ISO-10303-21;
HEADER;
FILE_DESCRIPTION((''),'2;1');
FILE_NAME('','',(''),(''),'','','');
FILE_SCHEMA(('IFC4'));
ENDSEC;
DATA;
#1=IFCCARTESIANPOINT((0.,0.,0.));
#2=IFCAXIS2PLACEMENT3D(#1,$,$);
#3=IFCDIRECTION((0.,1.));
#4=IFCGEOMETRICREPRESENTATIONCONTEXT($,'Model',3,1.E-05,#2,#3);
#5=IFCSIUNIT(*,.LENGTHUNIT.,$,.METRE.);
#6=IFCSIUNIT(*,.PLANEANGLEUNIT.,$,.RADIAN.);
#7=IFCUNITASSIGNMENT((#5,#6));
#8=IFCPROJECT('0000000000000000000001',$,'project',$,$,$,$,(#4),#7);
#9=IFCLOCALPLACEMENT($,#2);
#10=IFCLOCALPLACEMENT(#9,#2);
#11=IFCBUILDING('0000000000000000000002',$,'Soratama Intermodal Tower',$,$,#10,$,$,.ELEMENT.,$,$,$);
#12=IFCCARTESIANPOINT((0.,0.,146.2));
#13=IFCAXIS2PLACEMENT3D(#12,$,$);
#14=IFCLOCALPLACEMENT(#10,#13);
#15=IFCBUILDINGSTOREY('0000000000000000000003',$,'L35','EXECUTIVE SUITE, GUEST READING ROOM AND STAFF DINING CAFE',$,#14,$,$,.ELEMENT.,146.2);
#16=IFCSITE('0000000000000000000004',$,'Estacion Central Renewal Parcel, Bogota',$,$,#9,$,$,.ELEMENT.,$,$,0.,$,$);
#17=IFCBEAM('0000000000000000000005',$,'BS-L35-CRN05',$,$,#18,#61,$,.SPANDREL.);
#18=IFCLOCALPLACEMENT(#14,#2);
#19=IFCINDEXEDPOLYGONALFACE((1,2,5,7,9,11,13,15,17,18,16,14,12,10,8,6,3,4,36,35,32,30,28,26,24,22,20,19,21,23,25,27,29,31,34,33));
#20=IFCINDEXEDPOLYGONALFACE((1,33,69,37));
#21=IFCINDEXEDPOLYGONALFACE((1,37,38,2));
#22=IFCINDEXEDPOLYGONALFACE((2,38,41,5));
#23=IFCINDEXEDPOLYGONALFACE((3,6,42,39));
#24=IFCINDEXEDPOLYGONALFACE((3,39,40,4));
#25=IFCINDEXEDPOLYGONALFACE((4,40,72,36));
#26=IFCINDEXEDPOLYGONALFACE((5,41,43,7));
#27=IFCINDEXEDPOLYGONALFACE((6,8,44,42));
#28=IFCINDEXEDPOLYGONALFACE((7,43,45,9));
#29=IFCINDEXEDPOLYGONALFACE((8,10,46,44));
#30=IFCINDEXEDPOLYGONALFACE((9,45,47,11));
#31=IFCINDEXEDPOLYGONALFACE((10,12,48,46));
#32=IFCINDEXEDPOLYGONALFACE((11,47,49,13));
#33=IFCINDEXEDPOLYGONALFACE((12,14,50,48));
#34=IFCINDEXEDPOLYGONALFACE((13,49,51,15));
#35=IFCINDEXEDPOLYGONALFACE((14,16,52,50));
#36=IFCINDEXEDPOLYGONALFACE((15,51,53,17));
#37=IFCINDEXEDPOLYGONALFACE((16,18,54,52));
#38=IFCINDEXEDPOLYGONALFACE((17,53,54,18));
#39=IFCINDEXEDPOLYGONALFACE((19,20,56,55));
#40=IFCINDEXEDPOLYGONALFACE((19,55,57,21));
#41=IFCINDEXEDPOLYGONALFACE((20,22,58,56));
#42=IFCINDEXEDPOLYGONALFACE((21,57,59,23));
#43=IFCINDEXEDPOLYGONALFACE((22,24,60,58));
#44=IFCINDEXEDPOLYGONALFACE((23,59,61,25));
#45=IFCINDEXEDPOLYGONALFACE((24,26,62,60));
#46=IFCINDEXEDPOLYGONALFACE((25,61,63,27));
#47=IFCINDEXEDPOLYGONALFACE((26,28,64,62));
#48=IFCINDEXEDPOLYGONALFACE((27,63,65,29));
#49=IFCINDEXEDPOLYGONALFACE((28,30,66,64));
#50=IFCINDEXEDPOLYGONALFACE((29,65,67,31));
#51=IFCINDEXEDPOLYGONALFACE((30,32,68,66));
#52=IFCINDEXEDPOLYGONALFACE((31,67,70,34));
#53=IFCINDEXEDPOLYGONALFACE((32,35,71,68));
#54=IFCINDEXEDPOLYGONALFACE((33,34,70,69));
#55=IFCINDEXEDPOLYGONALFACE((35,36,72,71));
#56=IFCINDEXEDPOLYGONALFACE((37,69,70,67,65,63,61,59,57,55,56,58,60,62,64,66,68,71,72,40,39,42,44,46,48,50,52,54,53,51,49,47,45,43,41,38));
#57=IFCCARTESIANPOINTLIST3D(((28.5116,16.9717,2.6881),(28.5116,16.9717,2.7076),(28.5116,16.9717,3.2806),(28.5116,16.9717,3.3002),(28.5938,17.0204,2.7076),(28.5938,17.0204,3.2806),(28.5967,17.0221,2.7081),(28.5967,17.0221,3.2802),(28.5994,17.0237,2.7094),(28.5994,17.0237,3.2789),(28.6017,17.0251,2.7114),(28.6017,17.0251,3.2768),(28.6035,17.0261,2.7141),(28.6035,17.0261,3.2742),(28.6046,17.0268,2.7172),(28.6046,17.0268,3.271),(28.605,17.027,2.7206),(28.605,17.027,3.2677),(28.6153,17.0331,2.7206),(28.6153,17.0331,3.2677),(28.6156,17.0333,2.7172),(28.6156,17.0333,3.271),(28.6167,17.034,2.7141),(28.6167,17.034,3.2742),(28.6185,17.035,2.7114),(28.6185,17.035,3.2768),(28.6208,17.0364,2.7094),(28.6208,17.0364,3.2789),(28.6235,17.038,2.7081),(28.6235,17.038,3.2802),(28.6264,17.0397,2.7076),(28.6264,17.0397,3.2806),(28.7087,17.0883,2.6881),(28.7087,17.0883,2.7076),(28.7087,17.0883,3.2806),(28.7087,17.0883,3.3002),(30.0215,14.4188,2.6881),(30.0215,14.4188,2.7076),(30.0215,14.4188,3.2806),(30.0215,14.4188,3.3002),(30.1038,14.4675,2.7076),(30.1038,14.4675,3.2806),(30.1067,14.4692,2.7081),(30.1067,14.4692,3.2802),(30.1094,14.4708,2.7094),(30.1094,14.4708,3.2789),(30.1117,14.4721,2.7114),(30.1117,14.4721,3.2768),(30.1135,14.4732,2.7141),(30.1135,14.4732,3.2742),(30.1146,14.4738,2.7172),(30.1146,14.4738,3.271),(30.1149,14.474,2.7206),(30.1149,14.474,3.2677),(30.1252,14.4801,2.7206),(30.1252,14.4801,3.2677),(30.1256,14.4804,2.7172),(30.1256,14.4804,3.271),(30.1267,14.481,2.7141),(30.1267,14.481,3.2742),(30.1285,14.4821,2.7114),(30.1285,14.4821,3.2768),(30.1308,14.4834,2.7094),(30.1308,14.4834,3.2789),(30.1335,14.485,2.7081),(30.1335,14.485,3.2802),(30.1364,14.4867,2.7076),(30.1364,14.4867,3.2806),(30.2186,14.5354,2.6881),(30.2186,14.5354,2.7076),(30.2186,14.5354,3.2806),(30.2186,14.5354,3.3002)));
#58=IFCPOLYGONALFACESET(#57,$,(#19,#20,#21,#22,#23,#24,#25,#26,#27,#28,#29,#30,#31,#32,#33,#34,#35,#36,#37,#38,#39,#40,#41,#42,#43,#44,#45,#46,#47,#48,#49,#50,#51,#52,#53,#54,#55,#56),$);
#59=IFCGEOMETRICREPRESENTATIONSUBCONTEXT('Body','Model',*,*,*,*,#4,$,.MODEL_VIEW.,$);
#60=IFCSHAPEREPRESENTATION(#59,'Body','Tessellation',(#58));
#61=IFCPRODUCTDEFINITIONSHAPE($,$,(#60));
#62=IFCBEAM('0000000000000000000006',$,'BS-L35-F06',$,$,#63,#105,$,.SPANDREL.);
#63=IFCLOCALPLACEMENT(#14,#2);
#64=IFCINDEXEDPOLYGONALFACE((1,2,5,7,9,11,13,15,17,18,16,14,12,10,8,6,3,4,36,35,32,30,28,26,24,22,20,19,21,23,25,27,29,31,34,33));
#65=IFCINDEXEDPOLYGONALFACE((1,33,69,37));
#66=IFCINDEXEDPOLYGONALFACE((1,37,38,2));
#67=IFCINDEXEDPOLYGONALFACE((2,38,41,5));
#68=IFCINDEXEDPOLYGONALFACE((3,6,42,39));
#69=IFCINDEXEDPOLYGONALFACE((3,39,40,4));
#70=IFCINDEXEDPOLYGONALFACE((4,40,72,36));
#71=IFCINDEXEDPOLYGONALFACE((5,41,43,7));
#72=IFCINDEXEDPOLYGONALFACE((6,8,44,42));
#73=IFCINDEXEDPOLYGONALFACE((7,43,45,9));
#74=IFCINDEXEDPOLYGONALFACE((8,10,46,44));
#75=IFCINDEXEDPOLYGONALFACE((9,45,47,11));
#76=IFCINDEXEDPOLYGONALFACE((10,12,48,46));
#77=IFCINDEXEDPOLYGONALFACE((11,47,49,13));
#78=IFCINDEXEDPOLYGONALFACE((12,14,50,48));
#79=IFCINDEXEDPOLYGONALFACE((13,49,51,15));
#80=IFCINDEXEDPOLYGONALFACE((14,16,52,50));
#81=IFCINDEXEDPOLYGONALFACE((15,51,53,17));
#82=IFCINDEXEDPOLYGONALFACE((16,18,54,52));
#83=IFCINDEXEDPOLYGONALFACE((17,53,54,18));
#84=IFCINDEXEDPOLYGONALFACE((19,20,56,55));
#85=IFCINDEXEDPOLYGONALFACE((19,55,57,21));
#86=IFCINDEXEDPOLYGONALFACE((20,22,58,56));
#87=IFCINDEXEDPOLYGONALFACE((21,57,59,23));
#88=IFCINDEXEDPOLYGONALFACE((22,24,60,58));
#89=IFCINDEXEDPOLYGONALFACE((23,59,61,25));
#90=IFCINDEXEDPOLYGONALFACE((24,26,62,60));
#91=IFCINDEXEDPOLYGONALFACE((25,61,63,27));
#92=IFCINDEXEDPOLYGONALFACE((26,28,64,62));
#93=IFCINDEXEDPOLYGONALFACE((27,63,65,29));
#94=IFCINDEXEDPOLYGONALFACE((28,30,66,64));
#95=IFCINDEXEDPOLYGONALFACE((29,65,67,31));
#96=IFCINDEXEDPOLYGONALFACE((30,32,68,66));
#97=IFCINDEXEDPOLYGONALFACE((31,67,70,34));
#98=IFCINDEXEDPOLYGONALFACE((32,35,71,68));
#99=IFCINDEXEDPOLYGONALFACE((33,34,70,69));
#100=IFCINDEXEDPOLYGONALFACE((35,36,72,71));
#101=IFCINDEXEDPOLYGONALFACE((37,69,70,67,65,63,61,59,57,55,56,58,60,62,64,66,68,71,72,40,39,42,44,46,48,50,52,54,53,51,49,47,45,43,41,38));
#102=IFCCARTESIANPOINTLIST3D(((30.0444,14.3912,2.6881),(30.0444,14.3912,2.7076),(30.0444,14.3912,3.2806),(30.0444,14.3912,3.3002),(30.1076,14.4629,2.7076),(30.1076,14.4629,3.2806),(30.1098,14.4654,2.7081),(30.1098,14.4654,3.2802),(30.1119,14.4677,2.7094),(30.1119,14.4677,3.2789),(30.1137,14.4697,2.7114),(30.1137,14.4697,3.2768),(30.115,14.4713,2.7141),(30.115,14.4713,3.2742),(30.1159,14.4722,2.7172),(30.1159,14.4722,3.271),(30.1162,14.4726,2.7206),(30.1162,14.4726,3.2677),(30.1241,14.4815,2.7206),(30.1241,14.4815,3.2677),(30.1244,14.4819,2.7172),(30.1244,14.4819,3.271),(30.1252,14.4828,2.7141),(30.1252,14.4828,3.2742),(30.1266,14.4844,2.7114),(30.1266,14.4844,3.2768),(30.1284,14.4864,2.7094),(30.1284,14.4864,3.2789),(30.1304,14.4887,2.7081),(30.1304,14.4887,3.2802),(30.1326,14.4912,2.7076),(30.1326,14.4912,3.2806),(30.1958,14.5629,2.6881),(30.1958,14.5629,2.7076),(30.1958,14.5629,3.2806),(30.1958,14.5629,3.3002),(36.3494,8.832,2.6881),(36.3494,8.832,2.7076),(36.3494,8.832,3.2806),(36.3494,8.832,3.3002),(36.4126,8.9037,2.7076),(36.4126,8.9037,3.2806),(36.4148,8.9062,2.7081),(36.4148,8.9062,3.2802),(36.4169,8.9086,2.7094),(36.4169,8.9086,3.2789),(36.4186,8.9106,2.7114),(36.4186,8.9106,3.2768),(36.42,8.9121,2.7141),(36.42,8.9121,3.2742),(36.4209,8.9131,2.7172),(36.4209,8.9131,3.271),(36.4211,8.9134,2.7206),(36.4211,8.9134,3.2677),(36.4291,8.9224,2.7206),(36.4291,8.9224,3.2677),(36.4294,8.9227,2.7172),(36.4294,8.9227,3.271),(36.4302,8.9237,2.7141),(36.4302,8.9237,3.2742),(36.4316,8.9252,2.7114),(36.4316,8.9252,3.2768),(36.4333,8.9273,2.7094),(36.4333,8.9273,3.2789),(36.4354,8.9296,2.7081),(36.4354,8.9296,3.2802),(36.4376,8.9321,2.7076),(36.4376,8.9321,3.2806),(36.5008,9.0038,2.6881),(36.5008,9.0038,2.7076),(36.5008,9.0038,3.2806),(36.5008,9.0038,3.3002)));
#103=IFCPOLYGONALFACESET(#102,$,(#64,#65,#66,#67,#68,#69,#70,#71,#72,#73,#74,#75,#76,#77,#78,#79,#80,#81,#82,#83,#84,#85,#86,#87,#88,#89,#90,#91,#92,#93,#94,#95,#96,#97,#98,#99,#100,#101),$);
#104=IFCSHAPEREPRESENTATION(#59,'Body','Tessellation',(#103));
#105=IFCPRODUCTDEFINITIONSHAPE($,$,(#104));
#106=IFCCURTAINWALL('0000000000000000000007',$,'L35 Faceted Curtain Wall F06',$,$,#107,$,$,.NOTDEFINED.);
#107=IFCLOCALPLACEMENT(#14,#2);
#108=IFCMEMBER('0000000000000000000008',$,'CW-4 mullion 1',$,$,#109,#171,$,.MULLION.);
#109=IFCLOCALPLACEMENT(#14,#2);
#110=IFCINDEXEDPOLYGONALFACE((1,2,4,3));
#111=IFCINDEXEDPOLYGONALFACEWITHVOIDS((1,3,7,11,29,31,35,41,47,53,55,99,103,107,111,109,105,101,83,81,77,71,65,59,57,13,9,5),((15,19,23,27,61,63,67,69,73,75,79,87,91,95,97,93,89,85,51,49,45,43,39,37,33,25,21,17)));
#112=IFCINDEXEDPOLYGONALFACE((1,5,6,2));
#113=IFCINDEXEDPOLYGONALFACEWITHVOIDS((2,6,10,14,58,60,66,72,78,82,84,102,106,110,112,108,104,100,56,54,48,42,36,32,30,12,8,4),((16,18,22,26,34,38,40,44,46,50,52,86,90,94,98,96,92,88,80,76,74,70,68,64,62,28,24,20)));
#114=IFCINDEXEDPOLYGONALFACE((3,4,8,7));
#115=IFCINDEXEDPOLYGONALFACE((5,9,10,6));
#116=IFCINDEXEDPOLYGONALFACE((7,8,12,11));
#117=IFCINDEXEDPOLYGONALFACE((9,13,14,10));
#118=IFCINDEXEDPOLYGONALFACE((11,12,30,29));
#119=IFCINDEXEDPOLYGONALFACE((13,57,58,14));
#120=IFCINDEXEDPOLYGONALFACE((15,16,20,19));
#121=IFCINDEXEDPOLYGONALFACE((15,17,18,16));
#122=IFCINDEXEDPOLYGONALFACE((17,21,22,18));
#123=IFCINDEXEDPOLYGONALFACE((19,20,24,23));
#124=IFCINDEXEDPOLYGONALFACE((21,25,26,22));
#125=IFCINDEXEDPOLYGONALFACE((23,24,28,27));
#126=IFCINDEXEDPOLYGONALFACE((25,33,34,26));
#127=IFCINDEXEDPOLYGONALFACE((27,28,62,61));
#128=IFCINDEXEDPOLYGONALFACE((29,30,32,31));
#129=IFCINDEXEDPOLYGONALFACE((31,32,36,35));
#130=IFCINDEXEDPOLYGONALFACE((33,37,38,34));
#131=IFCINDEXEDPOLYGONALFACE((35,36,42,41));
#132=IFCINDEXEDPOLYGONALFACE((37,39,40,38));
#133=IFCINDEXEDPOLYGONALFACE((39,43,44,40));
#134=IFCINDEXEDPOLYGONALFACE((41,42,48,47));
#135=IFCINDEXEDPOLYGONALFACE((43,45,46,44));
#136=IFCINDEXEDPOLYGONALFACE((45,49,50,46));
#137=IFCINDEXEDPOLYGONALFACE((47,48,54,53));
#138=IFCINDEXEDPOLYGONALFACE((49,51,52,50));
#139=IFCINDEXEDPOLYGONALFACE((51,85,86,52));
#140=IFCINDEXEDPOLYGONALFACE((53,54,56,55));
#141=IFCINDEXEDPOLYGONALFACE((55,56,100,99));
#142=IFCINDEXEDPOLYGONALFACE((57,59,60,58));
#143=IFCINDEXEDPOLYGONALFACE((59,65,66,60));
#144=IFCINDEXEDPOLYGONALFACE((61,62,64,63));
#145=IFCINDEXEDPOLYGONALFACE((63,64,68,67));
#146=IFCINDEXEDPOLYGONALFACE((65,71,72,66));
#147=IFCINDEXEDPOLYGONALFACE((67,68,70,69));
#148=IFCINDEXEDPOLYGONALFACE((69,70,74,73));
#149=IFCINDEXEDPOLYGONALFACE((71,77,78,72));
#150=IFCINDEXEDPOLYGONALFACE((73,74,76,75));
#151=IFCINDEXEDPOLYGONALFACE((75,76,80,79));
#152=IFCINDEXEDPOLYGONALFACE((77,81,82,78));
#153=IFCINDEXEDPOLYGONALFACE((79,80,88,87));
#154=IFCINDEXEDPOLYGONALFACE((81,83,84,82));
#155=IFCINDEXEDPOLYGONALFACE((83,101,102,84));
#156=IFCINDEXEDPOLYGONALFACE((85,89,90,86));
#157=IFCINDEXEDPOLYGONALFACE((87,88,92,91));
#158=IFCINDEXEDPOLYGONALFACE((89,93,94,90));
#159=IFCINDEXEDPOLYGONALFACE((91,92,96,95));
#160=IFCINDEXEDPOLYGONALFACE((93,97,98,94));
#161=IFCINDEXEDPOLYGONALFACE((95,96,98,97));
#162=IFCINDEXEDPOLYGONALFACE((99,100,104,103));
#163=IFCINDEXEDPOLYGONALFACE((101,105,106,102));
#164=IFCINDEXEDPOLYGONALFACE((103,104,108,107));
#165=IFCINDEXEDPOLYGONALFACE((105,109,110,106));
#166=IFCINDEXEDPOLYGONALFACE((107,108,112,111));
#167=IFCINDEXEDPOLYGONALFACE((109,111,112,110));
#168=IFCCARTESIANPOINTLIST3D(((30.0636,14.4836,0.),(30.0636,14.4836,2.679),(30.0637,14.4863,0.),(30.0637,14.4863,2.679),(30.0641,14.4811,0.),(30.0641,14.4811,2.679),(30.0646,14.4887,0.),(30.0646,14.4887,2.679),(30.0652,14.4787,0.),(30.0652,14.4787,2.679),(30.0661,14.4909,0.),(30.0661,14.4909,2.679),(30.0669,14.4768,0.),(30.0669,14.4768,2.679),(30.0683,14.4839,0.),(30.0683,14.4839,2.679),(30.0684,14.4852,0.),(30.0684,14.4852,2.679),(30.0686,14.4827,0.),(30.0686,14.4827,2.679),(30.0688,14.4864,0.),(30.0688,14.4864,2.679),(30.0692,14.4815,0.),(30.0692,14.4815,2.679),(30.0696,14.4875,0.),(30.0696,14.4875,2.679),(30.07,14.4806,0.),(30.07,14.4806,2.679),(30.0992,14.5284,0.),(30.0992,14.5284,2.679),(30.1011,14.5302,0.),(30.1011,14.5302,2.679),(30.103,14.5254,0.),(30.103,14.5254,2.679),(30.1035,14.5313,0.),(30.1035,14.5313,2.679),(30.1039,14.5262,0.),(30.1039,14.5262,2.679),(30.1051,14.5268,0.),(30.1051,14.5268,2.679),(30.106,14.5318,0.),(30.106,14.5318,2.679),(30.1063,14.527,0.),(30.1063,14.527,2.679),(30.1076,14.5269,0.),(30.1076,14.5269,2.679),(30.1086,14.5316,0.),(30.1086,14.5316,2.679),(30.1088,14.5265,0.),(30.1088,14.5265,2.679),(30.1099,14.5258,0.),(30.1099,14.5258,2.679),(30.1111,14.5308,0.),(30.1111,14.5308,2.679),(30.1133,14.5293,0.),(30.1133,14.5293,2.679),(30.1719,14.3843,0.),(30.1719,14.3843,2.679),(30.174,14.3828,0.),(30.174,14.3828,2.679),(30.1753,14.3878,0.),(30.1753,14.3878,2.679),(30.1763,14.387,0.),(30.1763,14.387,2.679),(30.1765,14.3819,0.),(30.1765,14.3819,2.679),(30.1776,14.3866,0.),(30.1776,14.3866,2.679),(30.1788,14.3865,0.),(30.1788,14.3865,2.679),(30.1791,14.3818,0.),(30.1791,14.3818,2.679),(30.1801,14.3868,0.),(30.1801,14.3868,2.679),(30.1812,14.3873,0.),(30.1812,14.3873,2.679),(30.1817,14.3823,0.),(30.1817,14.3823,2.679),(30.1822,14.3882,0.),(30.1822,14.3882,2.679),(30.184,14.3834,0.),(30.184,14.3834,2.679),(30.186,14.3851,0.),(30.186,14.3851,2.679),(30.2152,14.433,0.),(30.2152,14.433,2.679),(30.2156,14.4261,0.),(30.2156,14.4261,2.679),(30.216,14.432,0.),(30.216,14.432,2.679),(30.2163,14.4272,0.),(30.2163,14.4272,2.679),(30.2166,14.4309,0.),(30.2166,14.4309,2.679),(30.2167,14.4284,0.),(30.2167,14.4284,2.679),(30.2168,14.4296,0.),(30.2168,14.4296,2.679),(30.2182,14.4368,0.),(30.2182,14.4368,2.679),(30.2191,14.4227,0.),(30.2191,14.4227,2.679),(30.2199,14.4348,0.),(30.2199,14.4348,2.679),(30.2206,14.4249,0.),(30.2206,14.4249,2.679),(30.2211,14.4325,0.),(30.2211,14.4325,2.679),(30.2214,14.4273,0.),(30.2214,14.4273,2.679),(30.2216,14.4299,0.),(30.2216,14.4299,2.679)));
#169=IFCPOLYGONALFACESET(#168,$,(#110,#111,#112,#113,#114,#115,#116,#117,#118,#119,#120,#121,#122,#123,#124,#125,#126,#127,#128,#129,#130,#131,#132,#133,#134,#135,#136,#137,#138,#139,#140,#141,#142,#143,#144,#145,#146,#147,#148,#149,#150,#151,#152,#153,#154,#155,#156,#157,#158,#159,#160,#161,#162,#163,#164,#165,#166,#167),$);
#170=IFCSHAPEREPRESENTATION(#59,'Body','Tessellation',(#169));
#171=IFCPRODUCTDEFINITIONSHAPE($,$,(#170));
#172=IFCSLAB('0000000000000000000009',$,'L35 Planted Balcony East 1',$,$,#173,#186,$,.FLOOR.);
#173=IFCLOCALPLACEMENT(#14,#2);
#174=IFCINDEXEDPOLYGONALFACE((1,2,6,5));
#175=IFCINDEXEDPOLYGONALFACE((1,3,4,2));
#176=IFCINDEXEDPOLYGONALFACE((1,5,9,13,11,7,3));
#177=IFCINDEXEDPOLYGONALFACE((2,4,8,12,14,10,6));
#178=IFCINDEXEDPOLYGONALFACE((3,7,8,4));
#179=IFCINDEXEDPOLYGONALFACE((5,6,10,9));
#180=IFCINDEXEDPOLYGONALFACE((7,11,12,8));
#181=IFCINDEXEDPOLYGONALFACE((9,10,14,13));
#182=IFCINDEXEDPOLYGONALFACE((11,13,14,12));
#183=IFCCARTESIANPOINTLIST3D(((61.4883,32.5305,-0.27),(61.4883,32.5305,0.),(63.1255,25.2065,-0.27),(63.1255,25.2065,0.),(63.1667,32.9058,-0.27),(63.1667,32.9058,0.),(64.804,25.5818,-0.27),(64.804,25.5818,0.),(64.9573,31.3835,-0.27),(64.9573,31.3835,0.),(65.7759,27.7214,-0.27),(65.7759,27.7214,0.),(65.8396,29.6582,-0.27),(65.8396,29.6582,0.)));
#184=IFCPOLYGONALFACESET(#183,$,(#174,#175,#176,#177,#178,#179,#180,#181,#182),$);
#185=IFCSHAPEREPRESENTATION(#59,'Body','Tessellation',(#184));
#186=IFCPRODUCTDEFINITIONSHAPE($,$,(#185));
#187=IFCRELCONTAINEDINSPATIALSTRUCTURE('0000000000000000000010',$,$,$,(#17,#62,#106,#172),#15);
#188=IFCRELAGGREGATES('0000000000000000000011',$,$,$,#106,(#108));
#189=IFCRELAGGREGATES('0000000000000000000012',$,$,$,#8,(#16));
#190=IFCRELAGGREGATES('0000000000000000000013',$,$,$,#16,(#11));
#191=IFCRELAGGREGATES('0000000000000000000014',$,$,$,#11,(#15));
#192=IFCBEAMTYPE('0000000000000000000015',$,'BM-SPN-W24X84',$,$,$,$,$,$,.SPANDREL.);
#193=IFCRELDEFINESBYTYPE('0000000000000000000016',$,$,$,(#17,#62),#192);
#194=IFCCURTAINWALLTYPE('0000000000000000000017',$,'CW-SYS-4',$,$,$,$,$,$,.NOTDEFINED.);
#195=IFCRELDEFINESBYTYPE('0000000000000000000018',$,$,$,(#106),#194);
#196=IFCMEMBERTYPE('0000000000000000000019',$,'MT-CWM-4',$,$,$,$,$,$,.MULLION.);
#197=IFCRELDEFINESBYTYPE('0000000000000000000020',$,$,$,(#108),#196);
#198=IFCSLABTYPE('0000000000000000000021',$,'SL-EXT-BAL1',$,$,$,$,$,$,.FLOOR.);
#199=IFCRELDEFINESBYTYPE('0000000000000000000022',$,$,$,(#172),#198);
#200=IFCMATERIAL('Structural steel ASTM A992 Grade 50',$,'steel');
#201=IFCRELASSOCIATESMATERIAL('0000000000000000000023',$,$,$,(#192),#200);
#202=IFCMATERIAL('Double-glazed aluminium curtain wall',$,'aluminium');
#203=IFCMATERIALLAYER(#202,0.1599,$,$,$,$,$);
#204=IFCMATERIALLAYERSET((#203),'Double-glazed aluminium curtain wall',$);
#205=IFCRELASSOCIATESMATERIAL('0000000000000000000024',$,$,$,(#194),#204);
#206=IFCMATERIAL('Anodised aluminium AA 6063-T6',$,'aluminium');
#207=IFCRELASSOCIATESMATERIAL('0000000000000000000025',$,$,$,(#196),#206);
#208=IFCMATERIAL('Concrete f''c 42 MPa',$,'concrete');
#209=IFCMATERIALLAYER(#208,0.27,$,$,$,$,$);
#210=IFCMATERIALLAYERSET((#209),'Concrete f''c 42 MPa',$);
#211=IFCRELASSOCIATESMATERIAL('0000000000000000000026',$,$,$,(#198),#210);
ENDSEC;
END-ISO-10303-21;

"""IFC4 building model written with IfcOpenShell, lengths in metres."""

from ifc_helpers import new_model, si_unit, direction, frame, origin, origin_2d, place, context, subcontext, project, spatial, polyline, hollow_rectangle, i_section, outline, extrude, material, layer, layer_set, material_profile, profile_set, type_object, element, aggregate, save


model = new_model("IFC4")

# Units and contexts
model_context = context("Model", 3, precision=1e-05, world=origin(), true_north=direction((0.0, 1.0)))
body_context = subcontext(model_context, "Body", "Model", "MODEL_VIEW")
ifc_project = project(units=[si_unit("LENGTHUNIT", "METRE"), si_unit("PLANEANGLEUNIT", "RADIAN")], contexts=[model_context])

# Site, building, storey
site_placement = place(None, origin())
site = spatial("IfcSite", under=ifc_project, at=site_placement, Name="Estacion Central Renewal Parcel, Bogota", CompositionType="ELEMENT", RefElevation=0.0)
building_placement = place(site_placement, origin())
building = spatial("IfcBuilding", under=site, at=building_placement, Name="Soratama Intermodal Tower", CompositionType="ELEMENT")
storey_placement = place(building_placement, frame((0.0, 0.0, 146.2)))
storey = spatial("IfcBuildingStorey", under=building, at=storey_placement, Name="L35", Description="EXECUTIVE SUITE, GUEST READING ROOM AND STAFF DINING CAFE", CompositionType="ELEMENT", Elevation=146.2)

# Beams
ifc_material_1 = material(Name="Structural steel ASTM A992 Grade 50", Category="steel")
ifc_material_profile_1 = material_profile(ifc_material_1, i_section(OverallWidth=0.229, OverallDepth=0.6121, WebThickness=0.012, FlangeThickness=0.0195, FilletRadius=0.0129, at=origin_2d()), Name="W24X84")
ifc_profile_set_1 = profile_set([ifc_material_profile_1], Name="Structural steel ASTM A992 Grade 50")
beam_type_1 = type_object("IfcBeamType", Name="BM-SPN-W24X84", PredefinedType="SPANDREL", material=ifc_profile_set_1)
beam_1_placement = place(storey_placement, frame((28.6101, 17.03, 2.9941), z_axis=(0.509087, -0.860715, 0.0), x_axis=(0.860715, 0.509087, 0.0)))
element("IfcBeam", 1, at=beam_1_placement, inside=storey, type_object=beam_type_1, Name="BS-L35-CRN05", PredefinedType="SPANDREL", context=body_context, shape_type="SweptSolid", body=[
    extrude(i_section(OverallWidth=0.229, OverallDepth=0.6121, WebThickness=0.012, FlangeThickness=0.0195, FilletRadius=0.0129, at=origin_2d()), origin(), (0.0, 0.0, 1.0), 2.9661),
])
beam_2_placement = place(storey_placement, frame((30.1201, 14.4771, 2.9941), z_axis=(0.750079, -0.661348, 0.0), x_axis=(0.661348, 0.750079, 0.0)))
element("IfcBeam", 2, at=beam_2_placement, inside=storey, type_object=beam_type_1, Name="BS-L35-F06", PredefinedType="SPANDREL", context=body_context, shape_type="SweptSolid", body=[
    extrude(i_section(OverallWidth=0.229, OverallDepth=0.6121, WebThickness=0.012, FlangeThickness=0.0195, FilletRadius=0.0129, at=origin_2d()), origin(), (0.0, 0.0, 1.0), 8.4058),
])

# Curtain wall, member
ifc_material_2 = material(Name="Double-glazed aluminium curtain wall", Category="aluminium")
ifc_layer_1 = layer(ifc_material_2, 0.1599)
ifc_layer_set_1 = layer_set([ifc_layer_1], Name="Double-glazed aluminium curtain wall")
curtain_wall_type = type_object("IfcCurtainWallType", Name="CW-SYS-4", PredefinedType="NOTDEFINED", material=ifc_layer_set_1)
curtain_wall_placement = place(storey_placement, origin())
curtain_wall = element("IfcCurtainWall", 3, at=curtain_wall_placement, inside=storey, type_object=curtain_wall_type, Name="L35 Faceted Curtain Wall F06", PredefinedType="NOTDEFINED")
ifc_material_3 = material(Name="Anodised aluminium AA 6063-T6", Category="aluminium")
ifc_material_profile_2 = material_profile(ifc_material_3, hollow_rectangle(XDim=0.0701, YDim=0.1599, WallThickness=0.0049, InnerFilletRadius=0.0049, OuterFilletRadius=0.01, at=origin_2d()), Name="CWM160X70X5")
ifc_profile_set_2 = profile_set([ifc_material_profile_2], Name="Anodised aluminium AA 6063-T6")
member_type = type_object("IfcMemberType", Name="MT-CWM-4", PredefinedType="MULLION", material=ifc_profile_set_2)
member_placement = place(storey_placement, frame((30.1426, 14.4568, 0.0), z_axis=(0.0, 0.0, 1.0), x_axis=(0.661309, 0.750113, 0.0)))
member = element("IfcMember", 4, at=member_placement, type_object=member_type, Name="CW-4 mullion 1", PredefinedType="MULLION", context=body_context, shape_type="SweptSolid", body=[
    extrude(hollow_rectangle(XDim=0.0701, YDim=0.1599, WallThickness=0.0049, InnerFilletRadius=0.0049, OuterFilletRadius=0.01, at=origin_2d()), origin(), (0.0, 0.0, 1.0), 2.679),
])
aggregate(curtain_wall, [member])

# Slab
ifc_material_4 = material(Name="Concrete f'c 42 MPa", Category="concrete")
ifc_layer_2 = layer(ifc_material_4, 0.27)
ifc_layer_set_2 = layer_set([ifc_layer_2], Name="Concrete f'c 42 MPa")
slab_type_1 = type_object("IfcSlabType", Name="SL-EXT-BAL1", PredefinedType="FLOOR", material=ifc_layer_set_2)
slab_1_placement = place(storey_placement, frame((0.0, 0.0, -0.27)))
element("IfcSlab", 5, at=slab_1_placement, inside=storey, type_object=slab_type_1, Name="L35 Planted Balcony East 1", PredefinedType="FLOOR", context=body_context, shape_type="SweptSolid", body=[
    extrude(outline(polyline([(63.1255, 25.2065), (61.4883, 32.5305), (63.1667, 32.9058), (64.9573, 31.3835), (65.8396, 29.6582), (65.7759, 27.7214), (64.804, 25.5818), (63.1255, 25.2065)])), origin(), (0.0, 0.0, 1.0), 0.27),
])

save(model, "model.ifc")
